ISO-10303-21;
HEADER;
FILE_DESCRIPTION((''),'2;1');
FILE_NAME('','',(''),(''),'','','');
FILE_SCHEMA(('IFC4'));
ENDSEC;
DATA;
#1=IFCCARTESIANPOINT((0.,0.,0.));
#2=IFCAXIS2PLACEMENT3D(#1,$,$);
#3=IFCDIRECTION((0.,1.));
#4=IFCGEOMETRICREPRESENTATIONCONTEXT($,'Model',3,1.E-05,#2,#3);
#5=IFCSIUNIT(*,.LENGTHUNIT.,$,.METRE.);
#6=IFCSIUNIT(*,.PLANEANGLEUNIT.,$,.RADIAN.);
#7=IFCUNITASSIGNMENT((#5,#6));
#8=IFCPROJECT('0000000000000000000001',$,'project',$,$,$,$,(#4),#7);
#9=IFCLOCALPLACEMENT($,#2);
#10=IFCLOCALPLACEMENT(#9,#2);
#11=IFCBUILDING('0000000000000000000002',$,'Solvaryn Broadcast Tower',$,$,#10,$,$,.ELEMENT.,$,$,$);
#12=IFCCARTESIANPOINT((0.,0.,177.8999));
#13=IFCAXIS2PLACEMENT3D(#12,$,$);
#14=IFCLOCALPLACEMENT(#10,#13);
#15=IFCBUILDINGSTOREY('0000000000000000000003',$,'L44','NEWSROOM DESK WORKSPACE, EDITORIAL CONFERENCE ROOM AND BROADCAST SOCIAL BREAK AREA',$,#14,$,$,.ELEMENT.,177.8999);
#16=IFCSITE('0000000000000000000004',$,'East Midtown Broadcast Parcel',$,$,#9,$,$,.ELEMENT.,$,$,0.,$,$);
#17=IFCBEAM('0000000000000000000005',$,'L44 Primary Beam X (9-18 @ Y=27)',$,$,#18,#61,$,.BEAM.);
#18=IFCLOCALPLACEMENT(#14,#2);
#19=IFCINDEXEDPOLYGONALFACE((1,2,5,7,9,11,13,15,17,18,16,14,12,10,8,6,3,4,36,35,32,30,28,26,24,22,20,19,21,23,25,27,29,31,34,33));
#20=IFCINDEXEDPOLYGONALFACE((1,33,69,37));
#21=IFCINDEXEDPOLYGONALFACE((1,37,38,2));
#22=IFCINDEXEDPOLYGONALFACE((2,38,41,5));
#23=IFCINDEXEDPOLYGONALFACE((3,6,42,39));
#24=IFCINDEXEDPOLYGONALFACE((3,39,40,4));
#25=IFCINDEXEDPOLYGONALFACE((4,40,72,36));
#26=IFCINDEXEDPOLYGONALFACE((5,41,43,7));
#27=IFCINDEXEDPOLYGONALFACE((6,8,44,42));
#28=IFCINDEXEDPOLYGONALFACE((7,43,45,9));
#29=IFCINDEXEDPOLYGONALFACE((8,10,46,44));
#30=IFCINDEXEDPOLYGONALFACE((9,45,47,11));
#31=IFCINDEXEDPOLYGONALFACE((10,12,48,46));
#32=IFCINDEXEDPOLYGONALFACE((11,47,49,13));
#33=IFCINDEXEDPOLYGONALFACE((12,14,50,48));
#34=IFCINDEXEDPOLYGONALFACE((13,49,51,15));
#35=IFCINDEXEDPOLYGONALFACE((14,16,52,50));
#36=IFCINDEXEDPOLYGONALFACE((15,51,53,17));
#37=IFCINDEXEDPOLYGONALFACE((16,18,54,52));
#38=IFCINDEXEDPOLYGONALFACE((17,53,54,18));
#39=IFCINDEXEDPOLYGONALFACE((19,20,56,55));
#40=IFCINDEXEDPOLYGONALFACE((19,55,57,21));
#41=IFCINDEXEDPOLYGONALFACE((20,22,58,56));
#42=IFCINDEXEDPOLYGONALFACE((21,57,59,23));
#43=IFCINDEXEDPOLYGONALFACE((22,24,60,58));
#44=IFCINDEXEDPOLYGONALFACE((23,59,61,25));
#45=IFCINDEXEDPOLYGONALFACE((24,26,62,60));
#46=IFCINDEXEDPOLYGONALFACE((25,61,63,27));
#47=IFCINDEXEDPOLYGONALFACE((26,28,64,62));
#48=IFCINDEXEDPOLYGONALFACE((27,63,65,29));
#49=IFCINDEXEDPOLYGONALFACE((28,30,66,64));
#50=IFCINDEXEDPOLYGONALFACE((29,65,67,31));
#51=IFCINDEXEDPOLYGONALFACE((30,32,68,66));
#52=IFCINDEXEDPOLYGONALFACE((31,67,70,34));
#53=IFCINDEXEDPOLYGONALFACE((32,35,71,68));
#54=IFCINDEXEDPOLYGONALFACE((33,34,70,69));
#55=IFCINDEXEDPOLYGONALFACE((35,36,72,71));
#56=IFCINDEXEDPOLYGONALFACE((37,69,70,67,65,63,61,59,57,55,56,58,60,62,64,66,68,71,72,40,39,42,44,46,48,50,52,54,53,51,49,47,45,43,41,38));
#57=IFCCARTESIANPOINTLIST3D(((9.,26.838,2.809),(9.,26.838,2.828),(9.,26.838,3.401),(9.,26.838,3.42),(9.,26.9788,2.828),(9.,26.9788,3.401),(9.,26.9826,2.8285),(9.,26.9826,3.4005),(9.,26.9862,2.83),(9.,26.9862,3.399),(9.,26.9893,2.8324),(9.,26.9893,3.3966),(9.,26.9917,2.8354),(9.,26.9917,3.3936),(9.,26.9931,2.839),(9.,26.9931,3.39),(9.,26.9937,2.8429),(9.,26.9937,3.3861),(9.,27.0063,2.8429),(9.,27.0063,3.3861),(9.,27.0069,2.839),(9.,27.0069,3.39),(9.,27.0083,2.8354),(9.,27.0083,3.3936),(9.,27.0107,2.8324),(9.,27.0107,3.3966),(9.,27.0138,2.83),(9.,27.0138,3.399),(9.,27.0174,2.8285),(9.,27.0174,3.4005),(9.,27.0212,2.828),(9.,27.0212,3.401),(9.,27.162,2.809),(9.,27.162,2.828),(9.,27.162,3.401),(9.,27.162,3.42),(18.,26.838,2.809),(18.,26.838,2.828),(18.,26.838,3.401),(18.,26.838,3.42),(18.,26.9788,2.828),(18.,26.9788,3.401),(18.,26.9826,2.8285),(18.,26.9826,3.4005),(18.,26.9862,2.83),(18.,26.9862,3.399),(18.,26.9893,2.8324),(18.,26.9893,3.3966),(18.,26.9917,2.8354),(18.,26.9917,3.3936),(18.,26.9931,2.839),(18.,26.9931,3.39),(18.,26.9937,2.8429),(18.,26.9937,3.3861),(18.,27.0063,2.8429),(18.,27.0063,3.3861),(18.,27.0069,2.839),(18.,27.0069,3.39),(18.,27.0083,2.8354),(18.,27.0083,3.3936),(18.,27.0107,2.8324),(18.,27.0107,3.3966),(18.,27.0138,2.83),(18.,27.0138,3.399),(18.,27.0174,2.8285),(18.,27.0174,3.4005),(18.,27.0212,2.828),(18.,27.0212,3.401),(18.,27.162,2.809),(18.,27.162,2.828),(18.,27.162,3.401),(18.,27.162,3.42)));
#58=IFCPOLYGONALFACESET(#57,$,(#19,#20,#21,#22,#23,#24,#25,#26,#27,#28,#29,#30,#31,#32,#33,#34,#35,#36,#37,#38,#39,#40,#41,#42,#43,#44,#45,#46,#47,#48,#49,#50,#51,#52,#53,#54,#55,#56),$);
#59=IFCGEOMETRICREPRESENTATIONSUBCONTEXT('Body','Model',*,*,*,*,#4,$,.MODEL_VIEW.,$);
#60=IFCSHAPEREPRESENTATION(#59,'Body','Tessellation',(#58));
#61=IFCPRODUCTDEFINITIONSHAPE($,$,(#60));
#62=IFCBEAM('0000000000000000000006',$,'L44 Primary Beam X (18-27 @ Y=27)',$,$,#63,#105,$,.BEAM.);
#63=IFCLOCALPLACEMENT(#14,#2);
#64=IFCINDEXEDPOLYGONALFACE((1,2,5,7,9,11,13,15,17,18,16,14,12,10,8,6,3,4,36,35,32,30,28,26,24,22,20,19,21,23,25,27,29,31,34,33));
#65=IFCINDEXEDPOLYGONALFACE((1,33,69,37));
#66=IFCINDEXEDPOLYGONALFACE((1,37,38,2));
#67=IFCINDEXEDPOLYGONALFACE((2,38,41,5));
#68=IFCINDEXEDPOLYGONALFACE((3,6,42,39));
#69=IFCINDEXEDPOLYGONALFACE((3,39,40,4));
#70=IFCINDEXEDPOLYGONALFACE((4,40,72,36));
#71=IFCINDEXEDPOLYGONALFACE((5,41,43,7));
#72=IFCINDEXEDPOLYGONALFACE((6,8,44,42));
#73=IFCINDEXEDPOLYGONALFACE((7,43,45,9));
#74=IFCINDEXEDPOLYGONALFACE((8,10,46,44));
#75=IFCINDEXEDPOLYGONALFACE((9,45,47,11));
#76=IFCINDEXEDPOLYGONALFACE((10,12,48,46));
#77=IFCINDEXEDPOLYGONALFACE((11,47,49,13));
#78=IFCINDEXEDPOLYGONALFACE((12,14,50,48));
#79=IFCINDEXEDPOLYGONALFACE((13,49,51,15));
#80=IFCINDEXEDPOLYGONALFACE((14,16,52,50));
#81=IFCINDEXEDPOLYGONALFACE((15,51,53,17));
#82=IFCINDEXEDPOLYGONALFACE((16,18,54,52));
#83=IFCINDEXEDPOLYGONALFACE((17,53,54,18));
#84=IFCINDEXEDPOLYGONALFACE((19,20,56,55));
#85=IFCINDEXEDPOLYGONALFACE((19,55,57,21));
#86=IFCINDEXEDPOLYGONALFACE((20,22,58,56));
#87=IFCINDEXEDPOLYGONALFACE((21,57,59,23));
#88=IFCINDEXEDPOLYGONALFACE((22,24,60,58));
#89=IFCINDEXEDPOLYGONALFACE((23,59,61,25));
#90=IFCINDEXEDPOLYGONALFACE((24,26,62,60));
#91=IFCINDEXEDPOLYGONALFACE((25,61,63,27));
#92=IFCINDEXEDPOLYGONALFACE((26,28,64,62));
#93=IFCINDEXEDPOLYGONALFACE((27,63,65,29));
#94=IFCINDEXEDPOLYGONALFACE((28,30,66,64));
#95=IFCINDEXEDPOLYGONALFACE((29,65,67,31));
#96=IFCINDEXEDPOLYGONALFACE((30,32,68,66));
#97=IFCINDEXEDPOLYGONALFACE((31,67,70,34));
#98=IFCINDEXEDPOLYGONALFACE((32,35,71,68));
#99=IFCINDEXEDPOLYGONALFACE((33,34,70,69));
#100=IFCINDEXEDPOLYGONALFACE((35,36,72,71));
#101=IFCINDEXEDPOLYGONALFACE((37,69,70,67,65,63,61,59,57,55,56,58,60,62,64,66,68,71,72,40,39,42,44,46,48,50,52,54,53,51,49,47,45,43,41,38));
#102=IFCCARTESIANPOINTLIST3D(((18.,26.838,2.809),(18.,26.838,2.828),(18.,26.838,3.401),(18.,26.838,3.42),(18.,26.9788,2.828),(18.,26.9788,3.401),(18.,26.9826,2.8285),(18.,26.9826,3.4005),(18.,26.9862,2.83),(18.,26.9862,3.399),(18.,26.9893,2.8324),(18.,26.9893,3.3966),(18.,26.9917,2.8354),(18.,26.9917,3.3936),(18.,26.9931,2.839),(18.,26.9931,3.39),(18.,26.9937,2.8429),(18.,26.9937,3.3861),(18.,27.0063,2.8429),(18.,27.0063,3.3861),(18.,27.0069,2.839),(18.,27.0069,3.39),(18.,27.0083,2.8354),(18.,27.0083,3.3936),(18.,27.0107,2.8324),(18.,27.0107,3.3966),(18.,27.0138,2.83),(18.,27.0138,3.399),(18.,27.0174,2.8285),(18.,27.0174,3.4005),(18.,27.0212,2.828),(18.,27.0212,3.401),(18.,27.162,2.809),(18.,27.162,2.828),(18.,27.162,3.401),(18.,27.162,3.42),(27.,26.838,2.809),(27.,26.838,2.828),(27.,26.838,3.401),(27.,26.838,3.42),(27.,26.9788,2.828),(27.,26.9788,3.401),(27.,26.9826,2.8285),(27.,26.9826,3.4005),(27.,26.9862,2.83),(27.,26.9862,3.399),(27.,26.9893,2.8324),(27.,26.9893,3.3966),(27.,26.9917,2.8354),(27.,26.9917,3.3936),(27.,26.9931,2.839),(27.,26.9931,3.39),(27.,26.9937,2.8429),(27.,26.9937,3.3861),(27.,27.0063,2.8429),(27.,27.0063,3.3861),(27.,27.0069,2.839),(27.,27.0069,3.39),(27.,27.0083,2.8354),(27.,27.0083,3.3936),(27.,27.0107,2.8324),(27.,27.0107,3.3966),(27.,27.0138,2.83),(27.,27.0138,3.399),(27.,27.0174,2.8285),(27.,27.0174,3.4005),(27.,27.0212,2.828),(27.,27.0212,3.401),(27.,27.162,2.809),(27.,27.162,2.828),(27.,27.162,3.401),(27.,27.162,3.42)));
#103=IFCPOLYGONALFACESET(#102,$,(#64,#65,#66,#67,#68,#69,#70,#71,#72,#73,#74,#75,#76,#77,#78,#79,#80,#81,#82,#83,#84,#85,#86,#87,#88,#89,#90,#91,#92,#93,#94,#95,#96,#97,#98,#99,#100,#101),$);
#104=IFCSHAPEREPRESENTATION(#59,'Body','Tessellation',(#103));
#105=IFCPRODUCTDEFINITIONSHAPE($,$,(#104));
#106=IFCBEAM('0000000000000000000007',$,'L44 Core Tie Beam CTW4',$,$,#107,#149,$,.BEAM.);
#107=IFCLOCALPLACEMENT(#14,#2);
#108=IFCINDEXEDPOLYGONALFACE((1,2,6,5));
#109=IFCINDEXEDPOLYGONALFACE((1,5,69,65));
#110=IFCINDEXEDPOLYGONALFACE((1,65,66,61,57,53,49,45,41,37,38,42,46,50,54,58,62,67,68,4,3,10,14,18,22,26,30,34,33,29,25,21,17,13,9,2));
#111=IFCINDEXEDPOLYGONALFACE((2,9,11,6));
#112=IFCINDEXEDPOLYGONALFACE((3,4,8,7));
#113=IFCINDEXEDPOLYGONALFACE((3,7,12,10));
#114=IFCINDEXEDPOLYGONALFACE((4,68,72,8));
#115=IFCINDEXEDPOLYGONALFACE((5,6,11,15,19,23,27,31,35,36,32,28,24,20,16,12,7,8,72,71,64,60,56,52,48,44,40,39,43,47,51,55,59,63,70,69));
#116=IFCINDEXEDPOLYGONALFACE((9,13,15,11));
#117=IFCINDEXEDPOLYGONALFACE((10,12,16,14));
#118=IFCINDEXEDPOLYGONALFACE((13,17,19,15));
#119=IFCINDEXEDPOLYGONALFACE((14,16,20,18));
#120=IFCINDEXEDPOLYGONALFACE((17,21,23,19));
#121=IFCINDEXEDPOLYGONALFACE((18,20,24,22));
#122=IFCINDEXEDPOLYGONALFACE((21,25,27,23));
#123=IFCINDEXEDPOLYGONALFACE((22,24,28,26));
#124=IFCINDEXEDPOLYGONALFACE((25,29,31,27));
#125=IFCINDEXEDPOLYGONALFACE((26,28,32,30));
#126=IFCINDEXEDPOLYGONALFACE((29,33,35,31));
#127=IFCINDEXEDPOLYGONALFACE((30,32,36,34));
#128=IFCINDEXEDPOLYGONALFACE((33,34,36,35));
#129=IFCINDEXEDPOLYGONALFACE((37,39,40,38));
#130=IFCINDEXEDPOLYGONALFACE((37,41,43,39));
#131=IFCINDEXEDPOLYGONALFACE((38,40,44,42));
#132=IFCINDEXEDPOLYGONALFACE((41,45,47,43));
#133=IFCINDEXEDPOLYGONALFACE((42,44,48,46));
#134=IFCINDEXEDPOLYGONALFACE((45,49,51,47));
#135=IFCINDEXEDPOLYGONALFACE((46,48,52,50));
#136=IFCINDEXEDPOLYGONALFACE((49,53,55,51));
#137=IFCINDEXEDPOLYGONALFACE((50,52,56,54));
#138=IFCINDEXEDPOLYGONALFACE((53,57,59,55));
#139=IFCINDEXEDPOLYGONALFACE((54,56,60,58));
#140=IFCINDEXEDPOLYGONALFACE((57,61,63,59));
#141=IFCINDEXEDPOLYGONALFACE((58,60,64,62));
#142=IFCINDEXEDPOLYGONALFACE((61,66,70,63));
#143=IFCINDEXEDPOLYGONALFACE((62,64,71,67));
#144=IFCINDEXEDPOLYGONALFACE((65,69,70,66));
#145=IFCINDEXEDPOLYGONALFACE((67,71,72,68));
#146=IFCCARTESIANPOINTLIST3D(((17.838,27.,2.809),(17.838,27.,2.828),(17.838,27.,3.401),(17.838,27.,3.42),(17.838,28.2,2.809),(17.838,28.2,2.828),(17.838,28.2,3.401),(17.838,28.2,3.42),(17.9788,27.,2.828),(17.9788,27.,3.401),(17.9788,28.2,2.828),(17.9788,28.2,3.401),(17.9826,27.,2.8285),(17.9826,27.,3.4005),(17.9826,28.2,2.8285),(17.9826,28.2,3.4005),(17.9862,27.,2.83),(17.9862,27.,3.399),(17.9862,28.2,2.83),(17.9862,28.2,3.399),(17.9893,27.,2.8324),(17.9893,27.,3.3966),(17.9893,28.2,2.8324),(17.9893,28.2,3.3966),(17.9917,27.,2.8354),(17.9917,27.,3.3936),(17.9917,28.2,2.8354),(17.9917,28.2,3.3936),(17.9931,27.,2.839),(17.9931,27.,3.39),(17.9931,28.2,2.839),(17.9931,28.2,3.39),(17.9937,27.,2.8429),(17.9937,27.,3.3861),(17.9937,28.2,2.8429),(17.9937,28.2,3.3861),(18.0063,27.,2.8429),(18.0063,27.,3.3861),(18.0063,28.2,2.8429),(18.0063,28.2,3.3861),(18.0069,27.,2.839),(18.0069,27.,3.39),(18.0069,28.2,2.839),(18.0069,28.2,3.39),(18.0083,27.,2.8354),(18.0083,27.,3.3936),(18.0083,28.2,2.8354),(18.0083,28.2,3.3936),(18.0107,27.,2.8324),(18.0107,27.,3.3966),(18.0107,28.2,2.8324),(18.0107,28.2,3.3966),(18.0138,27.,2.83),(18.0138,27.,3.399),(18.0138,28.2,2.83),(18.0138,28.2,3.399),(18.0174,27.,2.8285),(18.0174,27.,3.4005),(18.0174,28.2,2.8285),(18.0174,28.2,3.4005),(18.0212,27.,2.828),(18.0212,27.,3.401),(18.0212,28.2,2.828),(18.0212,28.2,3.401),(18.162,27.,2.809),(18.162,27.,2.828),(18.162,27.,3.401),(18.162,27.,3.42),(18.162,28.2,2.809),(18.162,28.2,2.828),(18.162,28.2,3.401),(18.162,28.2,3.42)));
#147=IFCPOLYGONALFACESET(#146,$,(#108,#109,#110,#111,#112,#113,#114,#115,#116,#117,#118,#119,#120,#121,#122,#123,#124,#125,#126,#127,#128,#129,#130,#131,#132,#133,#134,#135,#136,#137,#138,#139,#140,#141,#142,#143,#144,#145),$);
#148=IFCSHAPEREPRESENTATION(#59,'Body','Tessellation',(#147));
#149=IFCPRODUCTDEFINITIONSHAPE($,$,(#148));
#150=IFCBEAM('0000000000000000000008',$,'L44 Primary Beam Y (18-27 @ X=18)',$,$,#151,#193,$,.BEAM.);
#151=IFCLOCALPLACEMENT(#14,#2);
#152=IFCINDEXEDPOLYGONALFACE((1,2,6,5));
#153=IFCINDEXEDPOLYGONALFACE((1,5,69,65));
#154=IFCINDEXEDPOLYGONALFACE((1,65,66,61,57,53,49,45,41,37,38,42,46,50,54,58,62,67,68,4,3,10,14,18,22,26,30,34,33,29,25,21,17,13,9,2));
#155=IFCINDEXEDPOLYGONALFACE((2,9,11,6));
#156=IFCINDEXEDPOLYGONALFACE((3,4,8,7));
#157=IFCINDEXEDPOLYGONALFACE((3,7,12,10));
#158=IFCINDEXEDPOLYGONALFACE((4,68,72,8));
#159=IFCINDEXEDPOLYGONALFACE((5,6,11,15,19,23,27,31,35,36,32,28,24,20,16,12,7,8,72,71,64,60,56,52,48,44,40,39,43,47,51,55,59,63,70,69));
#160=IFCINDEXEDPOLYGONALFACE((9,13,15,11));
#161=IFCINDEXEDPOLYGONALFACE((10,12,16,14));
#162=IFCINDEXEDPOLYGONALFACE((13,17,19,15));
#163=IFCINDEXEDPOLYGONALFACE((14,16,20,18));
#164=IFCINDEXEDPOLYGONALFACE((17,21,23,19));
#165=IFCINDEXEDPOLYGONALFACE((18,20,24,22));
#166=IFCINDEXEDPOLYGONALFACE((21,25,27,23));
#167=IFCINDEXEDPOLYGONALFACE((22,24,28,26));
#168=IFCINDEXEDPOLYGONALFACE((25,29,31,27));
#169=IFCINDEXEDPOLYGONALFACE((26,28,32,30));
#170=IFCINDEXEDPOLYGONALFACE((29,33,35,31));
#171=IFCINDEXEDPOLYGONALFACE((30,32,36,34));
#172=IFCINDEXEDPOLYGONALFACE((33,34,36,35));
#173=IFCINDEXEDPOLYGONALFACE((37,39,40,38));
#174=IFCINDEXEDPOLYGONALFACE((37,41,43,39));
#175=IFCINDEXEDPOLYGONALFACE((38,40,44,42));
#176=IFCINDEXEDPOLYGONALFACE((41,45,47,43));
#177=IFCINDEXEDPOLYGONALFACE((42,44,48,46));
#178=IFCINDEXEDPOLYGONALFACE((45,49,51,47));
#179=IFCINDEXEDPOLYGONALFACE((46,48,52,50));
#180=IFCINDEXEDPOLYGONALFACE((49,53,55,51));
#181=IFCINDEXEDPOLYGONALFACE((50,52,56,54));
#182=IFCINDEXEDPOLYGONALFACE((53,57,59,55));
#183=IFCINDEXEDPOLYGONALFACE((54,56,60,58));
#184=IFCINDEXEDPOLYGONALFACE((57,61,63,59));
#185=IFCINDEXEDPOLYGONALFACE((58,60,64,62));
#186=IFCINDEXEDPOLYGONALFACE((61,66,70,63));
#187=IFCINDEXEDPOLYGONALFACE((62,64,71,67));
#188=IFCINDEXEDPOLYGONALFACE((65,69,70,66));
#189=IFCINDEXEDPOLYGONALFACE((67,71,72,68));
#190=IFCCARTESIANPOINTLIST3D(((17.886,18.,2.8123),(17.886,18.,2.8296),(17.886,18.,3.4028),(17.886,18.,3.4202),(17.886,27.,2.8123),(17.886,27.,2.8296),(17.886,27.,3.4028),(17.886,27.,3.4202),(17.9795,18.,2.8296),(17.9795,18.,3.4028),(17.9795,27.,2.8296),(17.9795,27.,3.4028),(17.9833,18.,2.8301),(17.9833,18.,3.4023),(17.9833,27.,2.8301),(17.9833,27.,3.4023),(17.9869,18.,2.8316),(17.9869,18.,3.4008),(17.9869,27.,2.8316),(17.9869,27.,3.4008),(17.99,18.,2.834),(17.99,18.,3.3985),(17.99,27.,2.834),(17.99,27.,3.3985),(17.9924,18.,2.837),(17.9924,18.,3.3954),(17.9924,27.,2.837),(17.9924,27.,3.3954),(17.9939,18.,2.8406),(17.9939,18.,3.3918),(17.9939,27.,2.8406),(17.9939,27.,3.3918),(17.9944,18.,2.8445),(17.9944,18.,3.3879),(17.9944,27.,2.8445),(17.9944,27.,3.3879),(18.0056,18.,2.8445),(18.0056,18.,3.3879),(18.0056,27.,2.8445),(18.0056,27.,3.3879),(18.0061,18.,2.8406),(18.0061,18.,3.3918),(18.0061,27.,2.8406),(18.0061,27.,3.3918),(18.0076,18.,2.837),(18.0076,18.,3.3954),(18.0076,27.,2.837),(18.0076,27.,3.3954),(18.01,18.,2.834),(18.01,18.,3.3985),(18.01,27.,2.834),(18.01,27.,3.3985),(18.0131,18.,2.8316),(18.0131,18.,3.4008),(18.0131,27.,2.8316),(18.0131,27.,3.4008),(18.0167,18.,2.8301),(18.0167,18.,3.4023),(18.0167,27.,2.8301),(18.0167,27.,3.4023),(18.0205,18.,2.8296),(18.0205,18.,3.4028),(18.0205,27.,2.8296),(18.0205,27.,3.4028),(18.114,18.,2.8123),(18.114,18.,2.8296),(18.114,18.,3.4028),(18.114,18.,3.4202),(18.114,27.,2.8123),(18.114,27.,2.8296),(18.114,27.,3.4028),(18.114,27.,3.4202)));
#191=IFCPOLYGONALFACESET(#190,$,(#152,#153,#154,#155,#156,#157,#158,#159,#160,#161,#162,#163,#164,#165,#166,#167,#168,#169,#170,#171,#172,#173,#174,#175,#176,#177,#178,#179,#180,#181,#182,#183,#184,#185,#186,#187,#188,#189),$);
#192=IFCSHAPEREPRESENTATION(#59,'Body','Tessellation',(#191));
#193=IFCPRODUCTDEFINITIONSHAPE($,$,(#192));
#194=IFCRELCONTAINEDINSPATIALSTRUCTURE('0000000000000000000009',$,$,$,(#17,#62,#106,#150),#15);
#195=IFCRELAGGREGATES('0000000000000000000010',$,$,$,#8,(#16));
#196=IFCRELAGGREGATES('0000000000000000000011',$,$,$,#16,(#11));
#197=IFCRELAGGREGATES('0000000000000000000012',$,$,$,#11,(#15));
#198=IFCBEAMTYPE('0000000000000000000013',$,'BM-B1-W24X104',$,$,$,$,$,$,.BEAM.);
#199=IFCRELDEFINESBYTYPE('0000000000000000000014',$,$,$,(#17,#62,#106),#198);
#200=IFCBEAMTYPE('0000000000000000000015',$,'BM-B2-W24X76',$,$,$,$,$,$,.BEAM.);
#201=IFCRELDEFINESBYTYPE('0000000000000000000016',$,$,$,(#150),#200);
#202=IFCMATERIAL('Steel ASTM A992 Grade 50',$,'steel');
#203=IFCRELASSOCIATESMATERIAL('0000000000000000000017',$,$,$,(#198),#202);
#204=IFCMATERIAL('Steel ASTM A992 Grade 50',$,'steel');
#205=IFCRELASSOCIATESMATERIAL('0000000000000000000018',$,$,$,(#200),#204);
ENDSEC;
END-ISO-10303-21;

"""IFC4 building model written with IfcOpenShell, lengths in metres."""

from ifc_helpers import new_model, si_unit, direction, frame, origin, origin_2d, place, context, subcontext, project, spatial, i_section, extrude, material, material_profile, profile_set, type_object, element, save


model = new_model("IFC4")

# Units and contexts
model_context = context("Model", 3, precision=1e-05, world=origin(), true_north=direction((0.0, 1.0)))
body_context = subcontext(model_context, "Body", "Model", "MODEL_VIEW")
ifc_project = project(units=[si_unit("LENGTHUNIT", "METRE"), si_unit("PLANEANGLEUNIT", "RADIAN")], contexts=[model_context])

# Site, building, storey
site_placement = place(None, origin())
site = spatial("IfcSite", under=ifc_project, at=site_placement, Name="East Midtown Broadcast Parcel", CompositionType="ELEMENT", RefElevation=0.0)
building_placement = place(site_placement, origin())
building = spatial("IfcBuilding", under=site, at=building_placement, Name="Solvaryn Broadcast Tower", CompositionType="ELEMENT")
storey_placement = place(building_placement, frame((0.0, 0.0, 177.8999)))
storey = spatial("IfcBuildingStorey", under=building, at=storey_placement, Name="L44", Description="NEWSROOM DESK WORKSPACE, EDITORIAL CONFERENCE ROOM AND BROADCAST SOCIAL BREAK AREA", CompositionType="ELEMENT", Elevation=177.8999)

# Beams
ifc_material_1 = material(Name="Steel ASTM A992 Grade 50", Category="steel")
ifc_material_profile_1 = material_profile(ifc_material_1, i_section(OverallWidth=0.324, OverallDepth=0.6111, WebThickness=0.0127, FlangeThickness=0.019, FilletRadius=0.0149, at=origin_2d()))
ifc_profile_set_1 = profile_set([ifc_material_profile_1], Name="Steel ASTM A992 Grade 50")
beam_type_1 = type_object("IfcBeamType", Name="BM-B1-W24X104", PredefinedType="BEAM", material=ifc_profile_set_1)
for number, where, z_axis, x_axis, name in (
    (1, (9.0, 27.0, 3.1145), (1.0, 0.0, 0.0), (0.0, 1.0, 0.0), "L44 Primary Beam X (9-18 @ Y=27)"),
    (2, (18.0, 27.0, 3.1145), (1.0, 0.0, 0.0), (0.0, 1.0, 0.0), "L44 Primary Beam X (18-27 @ Y=27)"),
):
    element("IfcBeam", number, at=place(storey_placement, frame(where, z_axis=z_axis, x_axis=x_axis)), inside=storey, type_object=beam_type_1, Name=name, PredefinedType="BEAM", context=body_context, shape_type="SweptSolid", body=[
        extrude(i_section(OverallWidth=0.324, OverallDepth=0.6111, WebThickness=0.0127, FlangeThickness=0.019, FilletRadius=0.0149, at=origin_2d()), origin(), (0.0, 0.0, 1.0), 9.0),
    ])
beam_1_placement = place(storey_placement, frame((18.0, 27.0, 3.1145), z_axis=(0.0, 1.0, 0.0), x_axis=(-1.0, 0.0, 0.0)))
element("IfcBeam", 3, at=beam_1_placement, inside=storey, type_object=beam_type_1, Name="L44 Core Tie Beam CTW4", PredefinedType="BEAM", context=body_context, shape_type="SweptSolid", body=[
    extrude(i_section(OverallWidth=0.324, OverallDepth=0.6111, WebThickness=0.0127, FlangeThickness=0.019, FilletRadius=0.0149, at=origin_2d()), origin(), (0.0, 0.0, 1.0), 1.2),
])
ifc_material_2 = material(Name="Steel ASTM A992 Grade 50", Category="steel")
ifc_material_profile_2 = material_profile(ifc_material_2, i_section(OverallWidth=0.228, OverallDepth=0.6079, WebThickness=0.0112, FlangeThickness=0.0173, FilletRadius=0.0149, at=origin_2d()))
ifc_profile_set_2 = profile_set([ifc_material_profile_2], Name="Steel ASTM A992 Grade 50")
beam_type_2 = type_object("IfcBeamType", Name="BM-B2-W24X76", PredefinedType="BEAM", material=ifc_profile_set_2)
beam_2_placement = place(storey_placement, frame((18.0, 18.0, 3.1162), z_axis=(0.0, 1.0, 0.0), x_axis=(-1.0, 0.0, 0.0)))
element("IfcBeam", 4, at=beam_2_placement, inside=storey, type_object=beam_type_2, Name="L44 Primary Beam Y (18-27 @ X=18)", PredefinedType="BEAM", context=body_context, shape_type="SweptSolid", body=[
    extrude(i_section(OverallWidth=0.228, OverallDepth=0.6079, WebThickness=0.0112, FlangeThickness=0.0173, FilletRadius=0.0149, at=origin_2d()), origin(), (0.0, 0.0, 1.0), 9.0),
])

save(model, "model.ifc")
